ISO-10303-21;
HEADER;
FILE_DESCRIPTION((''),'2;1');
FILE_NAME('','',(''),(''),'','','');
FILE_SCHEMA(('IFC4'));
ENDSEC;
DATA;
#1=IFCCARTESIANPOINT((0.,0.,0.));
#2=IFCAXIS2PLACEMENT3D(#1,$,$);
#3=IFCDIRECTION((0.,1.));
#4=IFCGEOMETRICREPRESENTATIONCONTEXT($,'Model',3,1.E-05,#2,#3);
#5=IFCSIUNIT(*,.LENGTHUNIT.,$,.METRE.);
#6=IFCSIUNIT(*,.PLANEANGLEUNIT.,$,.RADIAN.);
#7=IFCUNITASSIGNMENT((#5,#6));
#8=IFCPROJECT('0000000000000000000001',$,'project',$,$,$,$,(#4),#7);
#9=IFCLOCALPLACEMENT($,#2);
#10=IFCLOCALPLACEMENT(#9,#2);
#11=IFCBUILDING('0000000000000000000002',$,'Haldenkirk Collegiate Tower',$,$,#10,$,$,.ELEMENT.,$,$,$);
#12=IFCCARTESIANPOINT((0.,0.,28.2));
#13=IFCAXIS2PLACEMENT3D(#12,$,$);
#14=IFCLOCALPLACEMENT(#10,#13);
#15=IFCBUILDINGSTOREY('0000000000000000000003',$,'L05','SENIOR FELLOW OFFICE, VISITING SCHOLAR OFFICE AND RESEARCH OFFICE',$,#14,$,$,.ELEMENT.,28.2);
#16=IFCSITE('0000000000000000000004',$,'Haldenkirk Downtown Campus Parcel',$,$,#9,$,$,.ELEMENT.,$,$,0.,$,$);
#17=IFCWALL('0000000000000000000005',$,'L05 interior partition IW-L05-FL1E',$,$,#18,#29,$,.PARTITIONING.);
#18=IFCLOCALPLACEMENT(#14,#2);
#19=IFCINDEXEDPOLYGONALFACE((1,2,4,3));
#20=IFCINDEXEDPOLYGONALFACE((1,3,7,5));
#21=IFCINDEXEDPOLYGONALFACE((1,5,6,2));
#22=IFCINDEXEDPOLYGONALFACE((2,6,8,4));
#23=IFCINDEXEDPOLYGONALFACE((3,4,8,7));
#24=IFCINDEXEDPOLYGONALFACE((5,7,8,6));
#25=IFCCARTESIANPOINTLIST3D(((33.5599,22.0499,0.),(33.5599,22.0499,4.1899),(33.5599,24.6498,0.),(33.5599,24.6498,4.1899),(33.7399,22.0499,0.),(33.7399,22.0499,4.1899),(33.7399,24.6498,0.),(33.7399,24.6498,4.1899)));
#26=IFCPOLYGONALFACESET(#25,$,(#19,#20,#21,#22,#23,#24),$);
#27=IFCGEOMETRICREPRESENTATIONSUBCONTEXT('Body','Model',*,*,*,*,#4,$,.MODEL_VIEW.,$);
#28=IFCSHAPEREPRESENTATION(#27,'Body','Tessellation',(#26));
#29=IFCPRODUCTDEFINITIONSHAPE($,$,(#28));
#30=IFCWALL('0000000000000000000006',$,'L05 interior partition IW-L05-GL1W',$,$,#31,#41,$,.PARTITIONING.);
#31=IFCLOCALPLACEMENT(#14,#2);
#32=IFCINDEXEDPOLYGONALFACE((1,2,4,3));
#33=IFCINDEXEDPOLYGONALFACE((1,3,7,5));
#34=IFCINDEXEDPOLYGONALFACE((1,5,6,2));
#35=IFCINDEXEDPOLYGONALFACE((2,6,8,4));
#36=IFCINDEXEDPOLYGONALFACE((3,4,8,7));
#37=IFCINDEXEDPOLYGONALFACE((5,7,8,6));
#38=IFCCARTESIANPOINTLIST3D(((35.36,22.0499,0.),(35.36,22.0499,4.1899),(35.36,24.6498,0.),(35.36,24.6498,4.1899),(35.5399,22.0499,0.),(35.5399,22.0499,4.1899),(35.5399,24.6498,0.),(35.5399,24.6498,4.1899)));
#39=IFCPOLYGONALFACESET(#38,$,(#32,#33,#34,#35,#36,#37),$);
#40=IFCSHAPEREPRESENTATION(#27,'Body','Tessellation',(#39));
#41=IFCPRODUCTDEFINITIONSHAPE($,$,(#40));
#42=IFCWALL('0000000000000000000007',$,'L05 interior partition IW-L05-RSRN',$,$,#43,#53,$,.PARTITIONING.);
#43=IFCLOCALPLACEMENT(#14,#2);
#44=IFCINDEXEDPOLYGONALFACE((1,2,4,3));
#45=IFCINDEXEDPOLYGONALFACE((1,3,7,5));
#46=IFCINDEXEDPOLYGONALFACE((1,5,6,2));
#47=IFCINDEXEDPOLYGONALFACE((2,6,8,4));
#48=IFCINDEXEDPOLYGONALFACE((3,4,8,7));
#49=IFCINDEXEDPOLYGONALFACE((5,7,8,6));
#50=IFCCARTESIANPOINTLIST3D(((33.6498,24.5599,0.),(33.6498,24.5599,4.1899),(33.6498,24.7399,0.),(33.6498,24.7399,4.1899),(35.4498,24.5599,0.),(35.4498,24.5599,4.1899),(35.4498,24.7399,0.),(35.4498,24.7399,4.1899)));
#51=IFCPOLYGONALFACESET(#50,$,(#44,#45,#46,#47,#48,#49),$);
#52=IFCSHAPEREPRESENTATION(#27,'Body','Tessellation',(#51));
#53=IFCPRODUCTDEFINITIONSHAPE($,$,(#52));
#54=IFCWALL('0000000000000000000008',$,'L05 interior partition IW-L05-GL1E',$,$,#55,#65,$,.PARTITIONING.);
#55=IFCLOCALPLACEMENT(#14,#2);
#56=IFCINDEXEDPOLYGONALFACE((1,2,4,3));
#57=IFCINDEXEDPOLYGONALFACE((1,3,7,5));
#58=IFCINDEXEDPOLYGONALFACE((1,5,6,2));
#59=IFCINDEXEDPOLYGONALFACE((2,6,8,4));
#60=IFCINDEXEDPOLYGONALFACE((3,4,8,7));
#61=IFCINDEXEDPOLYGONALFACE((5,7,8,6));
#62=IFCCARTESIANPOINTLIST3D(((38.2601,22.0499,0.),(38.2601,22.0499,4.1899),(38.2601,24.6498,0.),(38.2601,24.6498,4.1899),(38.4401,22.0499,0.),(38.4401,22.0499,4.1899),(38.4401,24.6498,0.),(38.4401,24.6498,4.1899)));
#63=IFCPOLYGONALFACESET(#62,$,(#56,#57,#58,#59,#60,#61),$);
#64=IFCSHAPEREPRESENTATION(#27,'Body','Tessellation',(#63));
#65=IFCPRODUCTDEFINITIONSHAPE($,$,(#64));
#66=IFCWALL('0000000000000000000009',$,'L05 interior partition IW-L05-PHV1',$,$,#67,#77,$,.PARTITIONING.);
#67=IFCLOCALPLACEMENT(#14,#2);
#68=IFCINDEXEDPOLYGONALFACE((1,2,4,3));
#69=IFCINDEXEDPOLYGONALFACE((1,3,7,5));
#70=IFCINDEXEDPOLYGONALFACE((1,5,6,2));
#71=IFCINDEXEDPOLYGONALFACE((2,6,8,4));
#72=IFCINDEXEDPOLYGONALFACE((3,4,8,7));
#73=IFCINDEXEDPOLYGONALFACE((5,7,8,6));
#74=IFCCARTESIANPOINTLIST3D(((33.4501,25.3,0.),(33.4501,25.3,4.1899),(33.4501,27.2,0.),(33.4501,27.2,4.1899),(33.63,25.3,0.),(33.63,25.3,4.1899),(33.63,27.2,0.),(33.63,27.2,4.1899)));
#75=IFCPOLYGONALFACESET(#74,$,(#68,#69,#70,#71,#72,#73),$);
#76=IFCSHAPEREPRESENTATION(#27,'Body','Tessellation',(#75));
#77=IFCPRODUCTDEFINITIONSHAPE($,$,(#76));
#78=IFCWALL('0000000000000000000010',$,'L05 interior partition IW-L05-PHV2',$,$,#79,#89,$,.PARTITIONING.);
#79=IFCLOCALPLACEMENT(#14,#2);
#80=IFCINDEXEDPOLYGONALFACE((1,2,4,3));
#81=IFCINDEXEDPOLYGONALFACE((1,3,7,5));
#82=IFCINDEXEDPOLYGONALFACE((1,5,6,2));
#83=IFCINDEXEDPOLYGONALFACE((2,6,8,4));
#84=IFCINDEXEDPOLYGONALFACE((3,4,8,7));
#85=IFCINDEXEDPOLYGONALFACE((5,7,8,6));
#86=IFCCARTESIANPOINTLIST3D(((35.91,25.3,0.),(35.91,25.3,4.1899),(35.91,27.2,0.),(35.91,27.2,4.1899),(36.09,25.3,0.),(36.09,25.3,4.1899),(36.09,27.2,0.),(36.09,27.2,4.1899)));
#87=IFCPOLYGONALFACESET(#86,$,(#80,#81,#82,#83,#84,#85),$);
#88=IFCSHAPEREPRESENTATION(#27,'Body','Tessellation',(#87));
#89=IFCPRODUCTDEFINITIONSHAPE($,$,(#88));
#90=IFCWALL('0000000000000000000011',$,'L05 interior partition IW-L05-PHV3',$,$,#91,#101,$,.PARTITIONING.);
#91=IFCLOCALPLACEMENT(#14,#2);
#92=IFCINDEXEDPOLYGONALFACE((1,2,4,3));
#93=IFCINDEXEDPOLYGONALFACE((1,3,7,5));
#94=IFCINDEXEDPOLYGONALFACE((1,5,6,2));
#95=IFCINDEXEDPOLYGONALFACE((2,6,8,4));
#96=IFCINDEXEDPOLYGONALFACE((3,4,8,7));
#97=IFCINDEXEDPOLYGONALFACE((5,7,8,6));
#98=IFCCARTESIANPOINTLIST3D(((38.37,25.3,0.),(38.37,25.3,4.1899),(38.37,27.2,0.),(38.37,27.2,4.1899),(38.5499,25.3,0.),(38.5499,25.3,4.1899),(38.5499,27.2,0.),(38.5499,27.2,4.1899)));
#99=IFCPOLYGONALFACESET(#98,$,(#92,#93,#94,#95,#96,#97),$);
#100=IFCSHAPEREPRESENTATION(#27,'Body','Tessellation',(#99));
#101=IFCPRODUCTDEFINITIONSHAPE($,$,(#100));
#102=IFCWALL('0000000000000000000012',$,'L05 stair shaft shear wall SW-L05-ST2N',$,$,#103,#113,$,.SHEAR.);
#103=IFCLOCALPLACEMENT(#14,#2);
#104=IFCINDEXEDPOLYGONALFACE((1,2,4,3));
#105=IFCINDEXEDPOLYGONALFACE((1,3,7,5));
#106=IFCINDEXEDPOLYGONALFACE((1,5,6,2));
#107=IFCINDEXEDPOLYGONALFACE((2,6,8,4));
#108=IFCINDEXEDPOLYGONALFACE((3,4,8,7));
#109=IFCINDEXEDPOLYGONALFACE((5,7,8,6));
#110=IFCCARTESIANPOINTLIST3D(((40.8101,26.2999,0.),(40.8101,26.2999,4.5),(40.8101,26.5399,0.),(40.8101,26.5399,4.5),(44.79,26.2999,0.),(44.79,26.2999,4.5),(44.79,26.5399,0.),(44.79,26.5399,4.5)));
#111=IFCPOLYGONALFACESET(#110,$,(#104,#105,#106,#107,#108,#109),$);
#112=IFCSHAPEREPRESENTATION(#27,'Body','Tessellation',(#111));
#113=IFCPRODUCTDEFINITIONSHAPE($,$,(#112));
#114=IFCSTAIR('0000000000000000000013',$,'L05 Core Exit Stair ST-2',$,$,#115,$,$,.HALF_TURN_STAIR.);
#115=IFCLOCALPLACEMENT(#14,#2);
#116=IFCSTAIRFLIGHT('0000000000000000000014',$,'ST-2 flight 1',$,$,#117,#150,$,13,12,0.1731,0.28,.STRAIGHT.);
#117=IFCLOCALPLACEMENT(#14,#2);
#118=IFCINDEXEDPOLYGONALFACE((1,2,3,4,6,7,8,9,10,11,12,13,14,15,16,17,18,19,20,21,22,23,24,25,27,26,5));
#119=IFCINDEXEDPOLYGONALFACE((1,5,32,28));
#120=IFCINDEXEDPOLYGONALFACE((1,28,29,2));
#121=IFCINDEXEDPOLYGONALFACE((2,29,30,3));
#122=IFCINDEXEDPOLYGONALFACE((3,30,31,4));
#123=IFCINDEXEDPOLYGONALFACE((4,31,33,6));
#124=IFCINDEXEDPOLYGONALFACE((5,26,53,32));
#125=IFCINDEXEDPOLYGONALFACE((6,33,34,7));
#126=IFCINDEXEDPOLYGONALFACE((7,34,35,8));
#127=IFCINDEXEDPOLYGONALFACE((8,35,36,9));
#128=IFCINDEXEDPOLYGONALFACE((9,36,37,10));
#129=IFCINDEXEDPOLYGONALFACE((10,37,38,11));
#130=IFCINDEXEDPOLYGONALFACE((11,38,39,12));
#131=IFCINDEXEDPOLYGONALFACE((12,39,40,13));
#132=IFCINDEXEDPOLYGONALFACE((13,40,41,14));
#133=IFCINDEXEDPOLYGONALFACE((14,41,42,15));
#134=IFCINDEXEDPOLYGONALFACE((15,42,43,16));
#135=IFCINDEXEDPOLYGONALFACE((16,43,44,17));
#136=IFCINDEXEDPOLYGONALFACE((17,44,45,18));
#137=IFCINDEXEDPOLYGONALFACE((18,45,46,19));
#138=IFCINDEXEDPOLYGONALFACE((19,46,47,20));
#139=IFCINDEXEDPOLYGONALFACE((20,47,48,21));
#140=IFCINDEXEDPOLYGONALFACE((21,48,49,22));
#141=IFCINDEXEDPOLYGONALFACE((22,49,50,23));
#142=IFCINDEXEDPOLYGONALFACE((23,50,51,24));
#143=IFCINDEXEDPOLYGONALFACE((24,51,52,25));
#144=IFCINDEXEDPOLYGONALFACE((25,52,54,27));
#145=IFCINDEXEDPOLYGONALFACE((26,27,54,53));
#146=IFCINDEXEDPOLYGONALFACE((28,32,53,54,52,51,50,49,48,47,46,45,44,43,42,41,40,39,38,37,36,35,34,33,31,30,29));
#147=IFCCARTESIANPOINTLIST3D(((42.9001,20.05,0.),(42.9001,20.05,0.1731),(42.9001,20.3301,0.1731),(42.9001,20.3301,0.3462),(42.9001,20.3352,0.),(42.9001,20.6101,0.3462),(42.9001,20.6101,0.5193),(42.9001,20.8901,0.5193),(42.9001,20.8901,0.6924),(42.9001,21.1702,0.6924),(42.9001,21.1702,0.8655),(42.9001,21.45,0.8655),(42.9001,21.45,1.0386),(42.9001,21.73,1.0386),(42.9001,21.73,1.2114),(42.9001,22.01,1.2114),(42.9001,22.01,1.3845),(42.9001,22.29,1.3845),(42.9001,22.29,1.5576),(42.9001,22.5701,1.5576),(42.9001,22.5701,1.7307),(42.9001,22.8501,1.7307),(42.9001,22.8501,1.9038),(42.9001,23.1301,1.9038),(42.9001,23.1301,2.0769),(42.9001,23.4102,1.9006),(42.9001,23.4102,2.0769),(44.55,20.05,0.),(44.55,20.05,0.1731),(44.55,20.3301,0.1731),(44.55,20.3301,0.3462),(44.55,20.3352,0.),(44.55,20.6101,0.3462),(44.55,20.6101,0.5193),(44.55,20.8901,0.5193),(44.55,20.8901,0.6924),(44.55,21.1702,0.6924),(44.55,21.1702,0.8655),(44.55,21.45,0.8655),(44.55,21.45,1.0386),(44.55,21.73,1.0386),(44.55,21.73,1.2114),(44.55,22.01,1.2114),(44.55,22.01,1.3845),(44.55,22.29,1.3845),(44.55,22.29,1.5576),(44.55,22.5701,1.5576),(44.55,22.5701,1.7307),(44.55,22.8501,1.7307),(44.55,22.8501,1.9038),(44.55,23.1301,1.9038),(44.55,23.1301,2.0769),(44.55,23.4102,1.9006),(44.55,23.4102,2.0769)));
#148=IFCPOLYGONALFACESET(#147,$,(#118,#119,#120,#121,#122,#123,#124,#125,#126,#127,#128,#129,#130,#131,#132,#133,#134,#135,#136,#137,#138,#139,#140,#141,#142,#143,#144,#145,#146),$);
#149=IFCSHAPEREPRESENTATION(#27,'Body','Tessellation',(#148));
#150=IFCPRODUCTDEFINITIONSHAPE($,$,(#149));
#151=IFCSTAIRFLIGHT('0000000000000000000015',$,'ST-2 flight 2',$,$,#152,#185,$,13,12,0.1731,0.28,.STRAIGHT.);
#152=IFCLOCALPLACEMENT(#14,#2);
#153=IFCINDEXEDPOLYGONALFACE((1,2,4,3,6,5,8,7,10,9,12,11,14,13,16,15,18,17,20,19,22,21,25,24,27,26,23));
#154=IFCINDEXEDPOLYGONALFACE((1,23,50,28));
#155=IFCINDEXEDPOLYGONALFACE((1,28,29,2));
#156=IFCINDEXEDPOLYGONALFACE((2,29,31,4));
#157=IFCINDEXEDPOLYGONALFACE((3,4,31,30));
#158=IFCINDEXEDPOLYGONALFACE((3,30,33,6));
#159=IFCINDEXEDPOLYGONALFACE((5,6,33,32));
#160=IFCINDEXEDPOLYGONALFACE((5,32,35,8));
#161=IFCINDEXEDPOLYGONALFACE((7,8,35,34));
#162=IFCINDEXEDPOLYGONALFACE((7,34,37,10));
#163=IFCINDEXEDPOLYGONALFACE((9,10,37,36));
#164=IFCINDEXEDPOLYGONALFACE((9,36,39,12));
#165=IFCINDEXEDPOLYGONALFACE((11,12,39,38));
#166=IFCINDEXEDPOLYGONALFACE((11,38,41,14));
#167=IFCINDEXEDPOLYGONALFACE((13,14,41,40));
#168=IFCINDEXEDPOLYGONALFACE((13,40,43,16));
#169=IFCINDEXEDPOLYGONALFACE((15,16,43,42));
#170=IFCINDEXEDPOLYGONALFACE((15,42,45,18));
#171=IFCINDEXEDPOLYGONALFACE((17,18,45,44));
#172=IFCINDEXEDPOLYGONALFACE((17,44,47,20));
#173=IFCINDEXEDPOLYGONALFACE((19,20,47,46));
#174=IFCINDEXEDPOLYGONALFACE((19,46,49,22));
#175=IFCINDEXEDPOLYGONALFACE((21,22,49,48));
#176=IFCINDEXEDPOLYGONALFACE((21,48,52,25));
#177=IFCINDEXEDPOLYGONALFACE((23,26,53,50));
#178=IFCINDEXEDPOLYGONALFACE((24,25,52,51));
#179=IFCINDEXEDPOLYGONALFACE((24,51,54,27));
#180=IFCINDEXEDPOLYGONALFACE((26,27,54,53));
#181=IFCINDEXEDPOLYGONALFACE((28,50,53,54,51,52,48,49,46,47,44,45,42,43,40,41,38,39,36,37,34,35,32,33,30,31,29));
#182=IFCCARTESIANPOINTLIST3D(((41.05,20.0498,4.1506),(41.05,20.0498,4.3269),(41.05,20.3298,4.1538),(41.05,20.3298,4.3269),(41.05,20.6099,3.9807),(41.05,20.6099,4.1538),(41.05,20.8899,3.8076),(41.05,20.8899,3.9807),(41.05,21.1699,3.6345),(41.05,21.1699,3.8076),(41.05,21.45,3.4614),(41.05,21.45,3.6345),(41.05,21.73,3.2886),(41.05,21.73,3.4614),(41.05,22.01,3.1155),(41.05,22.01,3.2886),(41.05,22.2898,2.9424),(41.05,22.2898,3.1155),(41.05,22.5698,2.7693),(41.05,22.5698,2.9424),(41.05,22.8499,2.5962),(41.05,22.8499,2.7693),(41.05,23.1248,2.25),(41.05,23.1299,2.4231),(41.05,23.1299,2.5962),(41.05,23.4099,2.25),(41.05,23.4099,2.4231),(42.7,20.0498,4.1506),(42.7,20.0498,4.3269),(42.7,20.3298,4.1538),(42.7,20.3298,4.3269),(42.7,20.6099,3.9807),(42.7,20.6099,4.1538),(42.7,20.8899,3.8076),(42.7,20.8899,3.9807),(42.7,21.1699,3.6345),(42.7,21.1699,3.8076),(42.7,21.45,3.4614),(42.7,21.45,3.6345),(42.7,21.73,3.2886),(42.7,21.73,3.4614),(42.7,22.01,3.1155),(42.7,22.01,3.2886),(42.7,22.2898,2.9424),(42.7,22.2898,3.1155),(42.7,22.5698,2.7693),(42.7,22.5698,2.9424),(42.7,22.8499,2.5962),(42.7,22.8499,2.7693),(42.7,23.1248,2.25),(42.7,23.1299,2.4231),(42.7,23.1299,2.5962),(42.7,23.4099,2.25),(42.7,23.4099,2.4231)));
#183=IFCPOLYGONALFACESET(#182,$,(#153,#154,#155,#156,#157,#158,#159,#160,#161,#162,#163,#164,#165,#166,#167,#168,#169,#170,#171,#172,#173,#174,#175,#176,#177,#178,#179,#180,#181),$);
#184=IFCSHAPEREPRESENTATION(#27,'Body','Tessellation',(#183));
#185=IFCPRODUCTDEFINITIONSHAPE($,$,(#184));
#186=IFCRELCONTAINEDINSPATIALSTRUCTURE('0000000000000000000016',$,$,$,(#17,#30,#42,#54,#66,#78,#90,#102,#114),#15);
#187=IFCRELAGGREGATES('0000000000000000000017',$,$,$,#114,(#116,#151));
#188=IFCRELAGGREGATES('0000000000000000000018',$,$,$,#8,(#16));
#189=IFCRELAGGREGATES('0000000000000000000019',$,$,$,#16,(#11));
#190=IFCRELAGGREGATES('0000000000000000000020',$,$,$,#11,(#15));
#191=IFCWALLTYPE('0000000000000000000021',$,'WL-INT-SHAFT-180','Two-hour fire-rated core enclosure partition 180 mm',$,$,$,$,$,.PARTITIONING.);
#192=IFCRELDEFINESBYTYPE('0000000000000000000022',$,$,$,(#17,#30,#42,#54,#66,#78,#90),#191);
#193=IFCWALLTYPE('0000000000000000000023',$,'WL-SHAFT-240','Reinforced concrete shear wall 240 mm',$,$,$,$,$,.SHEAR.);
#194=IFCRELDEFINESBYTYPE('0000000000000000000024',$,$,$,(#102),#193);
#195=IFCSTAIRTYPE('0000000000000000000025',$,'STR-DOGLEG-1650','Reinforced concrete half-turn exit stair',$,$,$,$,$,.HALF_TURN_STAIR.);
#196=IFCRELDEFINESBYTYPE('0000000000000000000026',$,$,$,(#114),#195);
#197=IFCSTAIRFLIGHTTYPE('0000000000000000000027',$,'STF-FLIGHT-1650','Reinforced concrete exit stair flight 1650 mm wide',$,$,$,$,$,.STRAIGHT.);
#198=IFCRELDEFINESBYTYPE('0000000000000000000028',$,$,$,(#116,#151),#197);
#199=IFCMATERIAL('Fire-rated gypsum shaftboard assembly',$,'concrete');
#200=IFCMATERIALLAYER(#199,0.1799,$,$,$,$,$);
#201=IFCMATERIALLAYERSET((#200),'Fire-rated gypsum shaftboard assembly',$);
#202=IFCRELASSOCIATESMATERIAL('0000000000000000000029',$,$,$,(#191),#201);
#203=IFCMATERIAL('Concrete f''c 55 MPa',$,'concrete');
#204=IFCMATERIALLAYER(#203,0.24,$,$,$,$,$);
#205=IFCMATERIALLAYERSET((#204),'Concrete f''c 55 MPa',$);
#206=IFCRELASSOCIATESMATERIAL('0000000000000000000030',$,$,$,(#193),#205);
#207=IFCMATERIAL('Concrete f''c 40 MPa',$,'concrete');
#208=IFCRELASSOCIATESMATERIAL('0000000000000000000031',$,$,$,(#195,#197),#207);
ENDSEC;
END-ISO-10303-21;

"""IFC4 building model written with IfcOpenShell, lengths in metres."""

from ifc_helpers import new_model, si_unit, direction, frame, frame_2d, origin, place, context, subcontext, project, spatial, polyline, rectangle, outline, extrude, material, layer, layer_set, type_object, element, aggregate, save


model = new_model("IFC4")

# Units and contexts
model_context = context("Model", 3, precision=1e-05, world=origin(), true_north=direction((0.0, 1.0)))
body_context = subcontext(model_context, "Body", "Model", "MODEL_VIEW")
ifc_project = project(units=[si_unit("LENGTHUNIT", "METRE"), si_unit("PLANEANGLEUNIT", "RADIAN")], contexts=[model_context])

# Site, building, storey
site_placement = place(None, origin())
site = spatial("IfcSite", under=ifc_project, at=site_placement, Name="Haldenkirk Downtown Campus Parcel", CompositionType="ELEMENT", RefElevation=0.0)
building_placement = place(site_placement, origin())
building = spatial("IfcBuilding", under=site, at=building_placement, Name="Haldenkirk Collegiate Tower", CompositionType="ELEMENT")
storey_placement = place(building_placement, frame((0.0, 0.0, 28.2)))
storey = spatial("IfcBuildingStorey", under=building, at=storey_placement, Name="L05", Description="SENIOR FELLOW OFFICE, VISITING SCHOLAR OFFICE AND RESEARCH OFFICE", CompositionType="ELEMENT", Elevation=28.2)

# Walls
ifc_material_1 = material(Name="Fire-rated gypsum shaftboard assembly", Category="concrete")
ifc_layer_1 = layer(ifc_material_1, 0.1799)
ifc_layer_set_1 = layer_set([ifc_layer_1], Name="Fire-rated gypsum shaftboard assembly")
wall_type_1 = type_object("IfcWallType", Name="WL-INT-SHAFT-180", Description="Two-hour fire-rated core enclosure partition 180 mm", PredefinedType="PARTITIONING", material=ifc_layer_set_1)
for number, where, z_axis, x_axis, name in (
    (1, (33.6499, 22.05, 0.0), (0.0, 0.0, 1.0), (0.0, 1.0, 0.0), "L05 interior partition IW-L05-FL1E"),
    (2, (35.45, 22.05, 0.0), (0.0, 0.0, 1.0), (0.0, 1.0, 0.0), "L05 interior partition IW-L05-GL1W"),
):
    element("IfcWall", number, at=place(storey_placement, frame(where, z_axis=z_axis, x_axis=x_axis)), inside=storey, type_object=wall_type_1, Name=name, PredefinedType="PARTITIONING", context=body_context, shape_type="SweptSolid", body=[
        extrude(rectangle(XDim=2.5999, YDim=0.1799, at=frame_2d((1.2998, 0.0))), origin(), (0.0, 0.0, 1.0), 4.1899),
    ])
wall_1_placement = place(storey_placement, frame((33.6499, 24.6499, 0.0), z_axis=(0.0, 0.0, 1.0), x_axis=(1.0, 0.0, 0.0)))
element("IfcWall", 3, at=wall_1_placement, inside=storey, type_object=wall_type_1, Name="L05 interior partition IW-L05-RSRN", PredefinedType="PARTITIONING", context=body_context, shape_type="SweptSolid", body=[
    extrude(rectangle(XDim=1.8, YDim=0.1799, at=frame_2d((0.8999, 0.0))), origin(), (0.0, 0.0, 1.0), 4.1899),
])
wall_2_placement = place(storey_placement, frame((38.3501, 22.05, 0.0), z_axis=(0.0, 0.0, 1.0), x_axis=(0.0, 1.0, 0.0)))
element("IfcWall", 4, at=wall_2_placement, inside=storey, type_object=wall_type_1, Name="L05 interior partition IW-L05-GL1E", PredefinedType="PARTITIONING", context=body_context, shape_type="SweptSolid", body=[
    extrude(rectangle(XDim=2.5999, YDim=0.1799, at=frame_2d((1.2998, 0.0))), origin(), (0.0, 0.0, 1.0), 4.1899),
])
for number, where, z_axis, x_axis, name in (
    (5, (33.54, 25.3, 0.0), (0.0, 0.0, 1.0), (0.0, 1.0, 0.0), "L05 interior partition IW-L05-PHV1"),
    (6, (36.0, 25.3, 0.0), (0.0, 0.0, 1.0), (0.0, 1.0, 0.0), "L05 interior partition IW-L05-PHV2"),
    (7, (38.46, 25.3, 0.0), (0.0, 0.0, 1.0), (0.0, 1.0, 0.0), "L05 interior partition IW-L05-PHV3"),
):
    element("IfcWall", number, at=place(storey_placement, frame(where, z_axis=z_axis, x_axis=x_axis)), inside=storey, type_object=wall_type_1, Name=name, PredefinedType="PARTITIONING", context=body_context, shape_type="SweptSolid", body=[
        extrude(rectangle(XDim=1.8999, YDim=0.1799, at=frame_2d((0.95, 0.0))), origin(), (0.0, 0.0, 1.0), 4.1899),
    ])

# Wall
ifc_material_2 = material(Name="Concrete f'c 55 MPa", Category="concrete")
ifc_layer_2 = layer(ifc_material_2, 0.24)
ifc_layer_set_2 = layer_set([ifc_layer_2], Name="Concrete f'c 55 MPa")
wall_type_2 = type_object("IfcWallType", Name="WL-SHAFT-240", Description="Reinforced concrete shear wall 240 mm", PredefinedType="SHEAR", material=ifc_layer_set_2)
wall_3_placement = place(storey_placement, frame((40.8101, 26.4199, 0.0), z_axis=(0.0, 0.0, 1.0), x_axis=(1.0, 0.0, 0.0)))
element("IfcWall", 8, at=wall_3_placement, inside=storey, type_object=wall_type_2, Name="L05 stair shaft shear wall SW-L05-ST2N", PredefinedType="SHEAR", context=body_context, shape_type="SweptSolid", body=[
    extrude(rectangle(XDim=3.98, YDim=0.24, at=frame_2d((1.99, 0.0))), origin(), (0.0, 0.0, 1.0), 4.5),
])

# Stair, stair flights
ifc_material_3 = material(Name="Concrete f'c 40 MPa", Category="concrete")
stair_type = type_object("IfcStairType", Name="STR-DOGLEG-1650", Description="Reinforced concrete half-turn exit stair", PredefinedType="HALF_TURN_STAIR", material=ifc_material_3)
stair_placement = place(storey_placement, origin())
stair = element("IfcStair", 9, at=stair_placement, inside=storey, type_object=stair_type, Name="L05 Core Exit Stair ST-2", PredefinedType="HALF_TURN_STAIR")
stair_flight_type = type_object("IfcStairFlightType", Name="STF-FLIGHT-1650", Description="Reinforced concrete exit stair flight 1650 mm wide", PredefinedType="STRAIGHT", material=ifc_material_3)
stair_flight_1_placement = place(storey_placement, frame((43.7251, 20.05, 0.0), z_axis=(0.0, 0.0, 1.0), x_axis=(0.0, 1.0, 0.0)))
stair_flight_1 = element("IfcStairFlight", 10, at=stair_flight_1_placement, type_object=stair_flight_type, Name="ST-2 flight 1", NumberOfRisers=13, NumberOfTreads=12, PredefinedType="STRAIGHT", RiserHeight=0.1731, TreadLength=0.28, context=body_context, shape_type="SweptSolid", body=[
    extrude(outline(polyline([(0.0, 0.0), (0.0, 0.1731), (0.28, 0.1731), (0.28, 0.3462), (0.5601, 0.3462), (0.5601, 0.5193), (0.8401, 0.5193), (0.8401, 0.6924), (1.1201, 0.6924), (1.1201, 0.8655), (1.3999, 0.8655), (1.3999, 1.0386), (1.6799, 1.0386), (1.6799, 1.2114), (1.96, 1.2114), (1.96, 1.3845), (2.24, 1.3845), (2.24, 1.5576), (2.52, 1.5576), (2.52, 1.7307), (2.8, 1.7307), (2.8, 1.9038), (3.0801, 1.9038), (3.0801, 2.0769), (3.3601, 2.0769), (3.3601, 2.25), (3.3601, 1.9006), (0.2852, 0.0), (0.0, 0.0)])), frame((0.0, 0.825, 0.0), z_axis=(0.0, -1.0, 0.0), x_axis=(1.0, 0.0, 0.0)), (0.0, 0.0, 1.0), 1.6499),
])
stair_flight_2_placement = place(storey_placement, frame((41.875, 23.4099, 2.25), z_axis=(0.0, 0.0, 1.0), x_axis=(0.0, -1.0, 0.0)))
stair_flight_2 = element("IfcStairFlight", 11, at=stair_flight_2_placement, type_object=stair_flight_type, Name="ST-2 flight 2", NumberOfRisers=13, NumberOfTreads=12, PredefinedType="STRAIGHT", RiserHeight=0.1731, TreadLength=0.28, context=body_context, shape_type="SweptSolid", body=[
    extrude(outline(polyline([(0.0, 0.0), (0.0, 0.1731), (0.28, 0.1731), (0.28, 0.3462), (0.5601, 0.3462), (0.5601, 0.5193), (0.8401, 0.5193), (0.8401, 0.6924), (1.1201, 0.6924), (1.1201, 0.8655), (1.3999, 0.8655), (1.3999, 1.0386), (1.6799, 1.0386), (1.6799, 1.2114), (1.96, 1.2114), (1.96, 1.3845), (2.24, 1.3845), (2.24, 1.5576), (2.52, 1.5576), (2.52, 1.7307), (2.8, 1.7307), (2.8, 1.9038), (3.0801, 1.9038), (3.0801, 2.0769), (3.3601, 2.0769), (3.3601, 2.25), (3.3601, 1.9006), (0.2852, 0.0), (0.0, 0.0)])), frame((0.0, 0.825, 0.0), z_axis=(0.0, -1.0, 0.0), x_axis=(1.0, 0.0, 0.0)), (0.0, 0.0, 1.0), 1.6499),
])
aggregate(stair, [stair_flight_1, stair_flight_2])

save(model, "model.ifc")
